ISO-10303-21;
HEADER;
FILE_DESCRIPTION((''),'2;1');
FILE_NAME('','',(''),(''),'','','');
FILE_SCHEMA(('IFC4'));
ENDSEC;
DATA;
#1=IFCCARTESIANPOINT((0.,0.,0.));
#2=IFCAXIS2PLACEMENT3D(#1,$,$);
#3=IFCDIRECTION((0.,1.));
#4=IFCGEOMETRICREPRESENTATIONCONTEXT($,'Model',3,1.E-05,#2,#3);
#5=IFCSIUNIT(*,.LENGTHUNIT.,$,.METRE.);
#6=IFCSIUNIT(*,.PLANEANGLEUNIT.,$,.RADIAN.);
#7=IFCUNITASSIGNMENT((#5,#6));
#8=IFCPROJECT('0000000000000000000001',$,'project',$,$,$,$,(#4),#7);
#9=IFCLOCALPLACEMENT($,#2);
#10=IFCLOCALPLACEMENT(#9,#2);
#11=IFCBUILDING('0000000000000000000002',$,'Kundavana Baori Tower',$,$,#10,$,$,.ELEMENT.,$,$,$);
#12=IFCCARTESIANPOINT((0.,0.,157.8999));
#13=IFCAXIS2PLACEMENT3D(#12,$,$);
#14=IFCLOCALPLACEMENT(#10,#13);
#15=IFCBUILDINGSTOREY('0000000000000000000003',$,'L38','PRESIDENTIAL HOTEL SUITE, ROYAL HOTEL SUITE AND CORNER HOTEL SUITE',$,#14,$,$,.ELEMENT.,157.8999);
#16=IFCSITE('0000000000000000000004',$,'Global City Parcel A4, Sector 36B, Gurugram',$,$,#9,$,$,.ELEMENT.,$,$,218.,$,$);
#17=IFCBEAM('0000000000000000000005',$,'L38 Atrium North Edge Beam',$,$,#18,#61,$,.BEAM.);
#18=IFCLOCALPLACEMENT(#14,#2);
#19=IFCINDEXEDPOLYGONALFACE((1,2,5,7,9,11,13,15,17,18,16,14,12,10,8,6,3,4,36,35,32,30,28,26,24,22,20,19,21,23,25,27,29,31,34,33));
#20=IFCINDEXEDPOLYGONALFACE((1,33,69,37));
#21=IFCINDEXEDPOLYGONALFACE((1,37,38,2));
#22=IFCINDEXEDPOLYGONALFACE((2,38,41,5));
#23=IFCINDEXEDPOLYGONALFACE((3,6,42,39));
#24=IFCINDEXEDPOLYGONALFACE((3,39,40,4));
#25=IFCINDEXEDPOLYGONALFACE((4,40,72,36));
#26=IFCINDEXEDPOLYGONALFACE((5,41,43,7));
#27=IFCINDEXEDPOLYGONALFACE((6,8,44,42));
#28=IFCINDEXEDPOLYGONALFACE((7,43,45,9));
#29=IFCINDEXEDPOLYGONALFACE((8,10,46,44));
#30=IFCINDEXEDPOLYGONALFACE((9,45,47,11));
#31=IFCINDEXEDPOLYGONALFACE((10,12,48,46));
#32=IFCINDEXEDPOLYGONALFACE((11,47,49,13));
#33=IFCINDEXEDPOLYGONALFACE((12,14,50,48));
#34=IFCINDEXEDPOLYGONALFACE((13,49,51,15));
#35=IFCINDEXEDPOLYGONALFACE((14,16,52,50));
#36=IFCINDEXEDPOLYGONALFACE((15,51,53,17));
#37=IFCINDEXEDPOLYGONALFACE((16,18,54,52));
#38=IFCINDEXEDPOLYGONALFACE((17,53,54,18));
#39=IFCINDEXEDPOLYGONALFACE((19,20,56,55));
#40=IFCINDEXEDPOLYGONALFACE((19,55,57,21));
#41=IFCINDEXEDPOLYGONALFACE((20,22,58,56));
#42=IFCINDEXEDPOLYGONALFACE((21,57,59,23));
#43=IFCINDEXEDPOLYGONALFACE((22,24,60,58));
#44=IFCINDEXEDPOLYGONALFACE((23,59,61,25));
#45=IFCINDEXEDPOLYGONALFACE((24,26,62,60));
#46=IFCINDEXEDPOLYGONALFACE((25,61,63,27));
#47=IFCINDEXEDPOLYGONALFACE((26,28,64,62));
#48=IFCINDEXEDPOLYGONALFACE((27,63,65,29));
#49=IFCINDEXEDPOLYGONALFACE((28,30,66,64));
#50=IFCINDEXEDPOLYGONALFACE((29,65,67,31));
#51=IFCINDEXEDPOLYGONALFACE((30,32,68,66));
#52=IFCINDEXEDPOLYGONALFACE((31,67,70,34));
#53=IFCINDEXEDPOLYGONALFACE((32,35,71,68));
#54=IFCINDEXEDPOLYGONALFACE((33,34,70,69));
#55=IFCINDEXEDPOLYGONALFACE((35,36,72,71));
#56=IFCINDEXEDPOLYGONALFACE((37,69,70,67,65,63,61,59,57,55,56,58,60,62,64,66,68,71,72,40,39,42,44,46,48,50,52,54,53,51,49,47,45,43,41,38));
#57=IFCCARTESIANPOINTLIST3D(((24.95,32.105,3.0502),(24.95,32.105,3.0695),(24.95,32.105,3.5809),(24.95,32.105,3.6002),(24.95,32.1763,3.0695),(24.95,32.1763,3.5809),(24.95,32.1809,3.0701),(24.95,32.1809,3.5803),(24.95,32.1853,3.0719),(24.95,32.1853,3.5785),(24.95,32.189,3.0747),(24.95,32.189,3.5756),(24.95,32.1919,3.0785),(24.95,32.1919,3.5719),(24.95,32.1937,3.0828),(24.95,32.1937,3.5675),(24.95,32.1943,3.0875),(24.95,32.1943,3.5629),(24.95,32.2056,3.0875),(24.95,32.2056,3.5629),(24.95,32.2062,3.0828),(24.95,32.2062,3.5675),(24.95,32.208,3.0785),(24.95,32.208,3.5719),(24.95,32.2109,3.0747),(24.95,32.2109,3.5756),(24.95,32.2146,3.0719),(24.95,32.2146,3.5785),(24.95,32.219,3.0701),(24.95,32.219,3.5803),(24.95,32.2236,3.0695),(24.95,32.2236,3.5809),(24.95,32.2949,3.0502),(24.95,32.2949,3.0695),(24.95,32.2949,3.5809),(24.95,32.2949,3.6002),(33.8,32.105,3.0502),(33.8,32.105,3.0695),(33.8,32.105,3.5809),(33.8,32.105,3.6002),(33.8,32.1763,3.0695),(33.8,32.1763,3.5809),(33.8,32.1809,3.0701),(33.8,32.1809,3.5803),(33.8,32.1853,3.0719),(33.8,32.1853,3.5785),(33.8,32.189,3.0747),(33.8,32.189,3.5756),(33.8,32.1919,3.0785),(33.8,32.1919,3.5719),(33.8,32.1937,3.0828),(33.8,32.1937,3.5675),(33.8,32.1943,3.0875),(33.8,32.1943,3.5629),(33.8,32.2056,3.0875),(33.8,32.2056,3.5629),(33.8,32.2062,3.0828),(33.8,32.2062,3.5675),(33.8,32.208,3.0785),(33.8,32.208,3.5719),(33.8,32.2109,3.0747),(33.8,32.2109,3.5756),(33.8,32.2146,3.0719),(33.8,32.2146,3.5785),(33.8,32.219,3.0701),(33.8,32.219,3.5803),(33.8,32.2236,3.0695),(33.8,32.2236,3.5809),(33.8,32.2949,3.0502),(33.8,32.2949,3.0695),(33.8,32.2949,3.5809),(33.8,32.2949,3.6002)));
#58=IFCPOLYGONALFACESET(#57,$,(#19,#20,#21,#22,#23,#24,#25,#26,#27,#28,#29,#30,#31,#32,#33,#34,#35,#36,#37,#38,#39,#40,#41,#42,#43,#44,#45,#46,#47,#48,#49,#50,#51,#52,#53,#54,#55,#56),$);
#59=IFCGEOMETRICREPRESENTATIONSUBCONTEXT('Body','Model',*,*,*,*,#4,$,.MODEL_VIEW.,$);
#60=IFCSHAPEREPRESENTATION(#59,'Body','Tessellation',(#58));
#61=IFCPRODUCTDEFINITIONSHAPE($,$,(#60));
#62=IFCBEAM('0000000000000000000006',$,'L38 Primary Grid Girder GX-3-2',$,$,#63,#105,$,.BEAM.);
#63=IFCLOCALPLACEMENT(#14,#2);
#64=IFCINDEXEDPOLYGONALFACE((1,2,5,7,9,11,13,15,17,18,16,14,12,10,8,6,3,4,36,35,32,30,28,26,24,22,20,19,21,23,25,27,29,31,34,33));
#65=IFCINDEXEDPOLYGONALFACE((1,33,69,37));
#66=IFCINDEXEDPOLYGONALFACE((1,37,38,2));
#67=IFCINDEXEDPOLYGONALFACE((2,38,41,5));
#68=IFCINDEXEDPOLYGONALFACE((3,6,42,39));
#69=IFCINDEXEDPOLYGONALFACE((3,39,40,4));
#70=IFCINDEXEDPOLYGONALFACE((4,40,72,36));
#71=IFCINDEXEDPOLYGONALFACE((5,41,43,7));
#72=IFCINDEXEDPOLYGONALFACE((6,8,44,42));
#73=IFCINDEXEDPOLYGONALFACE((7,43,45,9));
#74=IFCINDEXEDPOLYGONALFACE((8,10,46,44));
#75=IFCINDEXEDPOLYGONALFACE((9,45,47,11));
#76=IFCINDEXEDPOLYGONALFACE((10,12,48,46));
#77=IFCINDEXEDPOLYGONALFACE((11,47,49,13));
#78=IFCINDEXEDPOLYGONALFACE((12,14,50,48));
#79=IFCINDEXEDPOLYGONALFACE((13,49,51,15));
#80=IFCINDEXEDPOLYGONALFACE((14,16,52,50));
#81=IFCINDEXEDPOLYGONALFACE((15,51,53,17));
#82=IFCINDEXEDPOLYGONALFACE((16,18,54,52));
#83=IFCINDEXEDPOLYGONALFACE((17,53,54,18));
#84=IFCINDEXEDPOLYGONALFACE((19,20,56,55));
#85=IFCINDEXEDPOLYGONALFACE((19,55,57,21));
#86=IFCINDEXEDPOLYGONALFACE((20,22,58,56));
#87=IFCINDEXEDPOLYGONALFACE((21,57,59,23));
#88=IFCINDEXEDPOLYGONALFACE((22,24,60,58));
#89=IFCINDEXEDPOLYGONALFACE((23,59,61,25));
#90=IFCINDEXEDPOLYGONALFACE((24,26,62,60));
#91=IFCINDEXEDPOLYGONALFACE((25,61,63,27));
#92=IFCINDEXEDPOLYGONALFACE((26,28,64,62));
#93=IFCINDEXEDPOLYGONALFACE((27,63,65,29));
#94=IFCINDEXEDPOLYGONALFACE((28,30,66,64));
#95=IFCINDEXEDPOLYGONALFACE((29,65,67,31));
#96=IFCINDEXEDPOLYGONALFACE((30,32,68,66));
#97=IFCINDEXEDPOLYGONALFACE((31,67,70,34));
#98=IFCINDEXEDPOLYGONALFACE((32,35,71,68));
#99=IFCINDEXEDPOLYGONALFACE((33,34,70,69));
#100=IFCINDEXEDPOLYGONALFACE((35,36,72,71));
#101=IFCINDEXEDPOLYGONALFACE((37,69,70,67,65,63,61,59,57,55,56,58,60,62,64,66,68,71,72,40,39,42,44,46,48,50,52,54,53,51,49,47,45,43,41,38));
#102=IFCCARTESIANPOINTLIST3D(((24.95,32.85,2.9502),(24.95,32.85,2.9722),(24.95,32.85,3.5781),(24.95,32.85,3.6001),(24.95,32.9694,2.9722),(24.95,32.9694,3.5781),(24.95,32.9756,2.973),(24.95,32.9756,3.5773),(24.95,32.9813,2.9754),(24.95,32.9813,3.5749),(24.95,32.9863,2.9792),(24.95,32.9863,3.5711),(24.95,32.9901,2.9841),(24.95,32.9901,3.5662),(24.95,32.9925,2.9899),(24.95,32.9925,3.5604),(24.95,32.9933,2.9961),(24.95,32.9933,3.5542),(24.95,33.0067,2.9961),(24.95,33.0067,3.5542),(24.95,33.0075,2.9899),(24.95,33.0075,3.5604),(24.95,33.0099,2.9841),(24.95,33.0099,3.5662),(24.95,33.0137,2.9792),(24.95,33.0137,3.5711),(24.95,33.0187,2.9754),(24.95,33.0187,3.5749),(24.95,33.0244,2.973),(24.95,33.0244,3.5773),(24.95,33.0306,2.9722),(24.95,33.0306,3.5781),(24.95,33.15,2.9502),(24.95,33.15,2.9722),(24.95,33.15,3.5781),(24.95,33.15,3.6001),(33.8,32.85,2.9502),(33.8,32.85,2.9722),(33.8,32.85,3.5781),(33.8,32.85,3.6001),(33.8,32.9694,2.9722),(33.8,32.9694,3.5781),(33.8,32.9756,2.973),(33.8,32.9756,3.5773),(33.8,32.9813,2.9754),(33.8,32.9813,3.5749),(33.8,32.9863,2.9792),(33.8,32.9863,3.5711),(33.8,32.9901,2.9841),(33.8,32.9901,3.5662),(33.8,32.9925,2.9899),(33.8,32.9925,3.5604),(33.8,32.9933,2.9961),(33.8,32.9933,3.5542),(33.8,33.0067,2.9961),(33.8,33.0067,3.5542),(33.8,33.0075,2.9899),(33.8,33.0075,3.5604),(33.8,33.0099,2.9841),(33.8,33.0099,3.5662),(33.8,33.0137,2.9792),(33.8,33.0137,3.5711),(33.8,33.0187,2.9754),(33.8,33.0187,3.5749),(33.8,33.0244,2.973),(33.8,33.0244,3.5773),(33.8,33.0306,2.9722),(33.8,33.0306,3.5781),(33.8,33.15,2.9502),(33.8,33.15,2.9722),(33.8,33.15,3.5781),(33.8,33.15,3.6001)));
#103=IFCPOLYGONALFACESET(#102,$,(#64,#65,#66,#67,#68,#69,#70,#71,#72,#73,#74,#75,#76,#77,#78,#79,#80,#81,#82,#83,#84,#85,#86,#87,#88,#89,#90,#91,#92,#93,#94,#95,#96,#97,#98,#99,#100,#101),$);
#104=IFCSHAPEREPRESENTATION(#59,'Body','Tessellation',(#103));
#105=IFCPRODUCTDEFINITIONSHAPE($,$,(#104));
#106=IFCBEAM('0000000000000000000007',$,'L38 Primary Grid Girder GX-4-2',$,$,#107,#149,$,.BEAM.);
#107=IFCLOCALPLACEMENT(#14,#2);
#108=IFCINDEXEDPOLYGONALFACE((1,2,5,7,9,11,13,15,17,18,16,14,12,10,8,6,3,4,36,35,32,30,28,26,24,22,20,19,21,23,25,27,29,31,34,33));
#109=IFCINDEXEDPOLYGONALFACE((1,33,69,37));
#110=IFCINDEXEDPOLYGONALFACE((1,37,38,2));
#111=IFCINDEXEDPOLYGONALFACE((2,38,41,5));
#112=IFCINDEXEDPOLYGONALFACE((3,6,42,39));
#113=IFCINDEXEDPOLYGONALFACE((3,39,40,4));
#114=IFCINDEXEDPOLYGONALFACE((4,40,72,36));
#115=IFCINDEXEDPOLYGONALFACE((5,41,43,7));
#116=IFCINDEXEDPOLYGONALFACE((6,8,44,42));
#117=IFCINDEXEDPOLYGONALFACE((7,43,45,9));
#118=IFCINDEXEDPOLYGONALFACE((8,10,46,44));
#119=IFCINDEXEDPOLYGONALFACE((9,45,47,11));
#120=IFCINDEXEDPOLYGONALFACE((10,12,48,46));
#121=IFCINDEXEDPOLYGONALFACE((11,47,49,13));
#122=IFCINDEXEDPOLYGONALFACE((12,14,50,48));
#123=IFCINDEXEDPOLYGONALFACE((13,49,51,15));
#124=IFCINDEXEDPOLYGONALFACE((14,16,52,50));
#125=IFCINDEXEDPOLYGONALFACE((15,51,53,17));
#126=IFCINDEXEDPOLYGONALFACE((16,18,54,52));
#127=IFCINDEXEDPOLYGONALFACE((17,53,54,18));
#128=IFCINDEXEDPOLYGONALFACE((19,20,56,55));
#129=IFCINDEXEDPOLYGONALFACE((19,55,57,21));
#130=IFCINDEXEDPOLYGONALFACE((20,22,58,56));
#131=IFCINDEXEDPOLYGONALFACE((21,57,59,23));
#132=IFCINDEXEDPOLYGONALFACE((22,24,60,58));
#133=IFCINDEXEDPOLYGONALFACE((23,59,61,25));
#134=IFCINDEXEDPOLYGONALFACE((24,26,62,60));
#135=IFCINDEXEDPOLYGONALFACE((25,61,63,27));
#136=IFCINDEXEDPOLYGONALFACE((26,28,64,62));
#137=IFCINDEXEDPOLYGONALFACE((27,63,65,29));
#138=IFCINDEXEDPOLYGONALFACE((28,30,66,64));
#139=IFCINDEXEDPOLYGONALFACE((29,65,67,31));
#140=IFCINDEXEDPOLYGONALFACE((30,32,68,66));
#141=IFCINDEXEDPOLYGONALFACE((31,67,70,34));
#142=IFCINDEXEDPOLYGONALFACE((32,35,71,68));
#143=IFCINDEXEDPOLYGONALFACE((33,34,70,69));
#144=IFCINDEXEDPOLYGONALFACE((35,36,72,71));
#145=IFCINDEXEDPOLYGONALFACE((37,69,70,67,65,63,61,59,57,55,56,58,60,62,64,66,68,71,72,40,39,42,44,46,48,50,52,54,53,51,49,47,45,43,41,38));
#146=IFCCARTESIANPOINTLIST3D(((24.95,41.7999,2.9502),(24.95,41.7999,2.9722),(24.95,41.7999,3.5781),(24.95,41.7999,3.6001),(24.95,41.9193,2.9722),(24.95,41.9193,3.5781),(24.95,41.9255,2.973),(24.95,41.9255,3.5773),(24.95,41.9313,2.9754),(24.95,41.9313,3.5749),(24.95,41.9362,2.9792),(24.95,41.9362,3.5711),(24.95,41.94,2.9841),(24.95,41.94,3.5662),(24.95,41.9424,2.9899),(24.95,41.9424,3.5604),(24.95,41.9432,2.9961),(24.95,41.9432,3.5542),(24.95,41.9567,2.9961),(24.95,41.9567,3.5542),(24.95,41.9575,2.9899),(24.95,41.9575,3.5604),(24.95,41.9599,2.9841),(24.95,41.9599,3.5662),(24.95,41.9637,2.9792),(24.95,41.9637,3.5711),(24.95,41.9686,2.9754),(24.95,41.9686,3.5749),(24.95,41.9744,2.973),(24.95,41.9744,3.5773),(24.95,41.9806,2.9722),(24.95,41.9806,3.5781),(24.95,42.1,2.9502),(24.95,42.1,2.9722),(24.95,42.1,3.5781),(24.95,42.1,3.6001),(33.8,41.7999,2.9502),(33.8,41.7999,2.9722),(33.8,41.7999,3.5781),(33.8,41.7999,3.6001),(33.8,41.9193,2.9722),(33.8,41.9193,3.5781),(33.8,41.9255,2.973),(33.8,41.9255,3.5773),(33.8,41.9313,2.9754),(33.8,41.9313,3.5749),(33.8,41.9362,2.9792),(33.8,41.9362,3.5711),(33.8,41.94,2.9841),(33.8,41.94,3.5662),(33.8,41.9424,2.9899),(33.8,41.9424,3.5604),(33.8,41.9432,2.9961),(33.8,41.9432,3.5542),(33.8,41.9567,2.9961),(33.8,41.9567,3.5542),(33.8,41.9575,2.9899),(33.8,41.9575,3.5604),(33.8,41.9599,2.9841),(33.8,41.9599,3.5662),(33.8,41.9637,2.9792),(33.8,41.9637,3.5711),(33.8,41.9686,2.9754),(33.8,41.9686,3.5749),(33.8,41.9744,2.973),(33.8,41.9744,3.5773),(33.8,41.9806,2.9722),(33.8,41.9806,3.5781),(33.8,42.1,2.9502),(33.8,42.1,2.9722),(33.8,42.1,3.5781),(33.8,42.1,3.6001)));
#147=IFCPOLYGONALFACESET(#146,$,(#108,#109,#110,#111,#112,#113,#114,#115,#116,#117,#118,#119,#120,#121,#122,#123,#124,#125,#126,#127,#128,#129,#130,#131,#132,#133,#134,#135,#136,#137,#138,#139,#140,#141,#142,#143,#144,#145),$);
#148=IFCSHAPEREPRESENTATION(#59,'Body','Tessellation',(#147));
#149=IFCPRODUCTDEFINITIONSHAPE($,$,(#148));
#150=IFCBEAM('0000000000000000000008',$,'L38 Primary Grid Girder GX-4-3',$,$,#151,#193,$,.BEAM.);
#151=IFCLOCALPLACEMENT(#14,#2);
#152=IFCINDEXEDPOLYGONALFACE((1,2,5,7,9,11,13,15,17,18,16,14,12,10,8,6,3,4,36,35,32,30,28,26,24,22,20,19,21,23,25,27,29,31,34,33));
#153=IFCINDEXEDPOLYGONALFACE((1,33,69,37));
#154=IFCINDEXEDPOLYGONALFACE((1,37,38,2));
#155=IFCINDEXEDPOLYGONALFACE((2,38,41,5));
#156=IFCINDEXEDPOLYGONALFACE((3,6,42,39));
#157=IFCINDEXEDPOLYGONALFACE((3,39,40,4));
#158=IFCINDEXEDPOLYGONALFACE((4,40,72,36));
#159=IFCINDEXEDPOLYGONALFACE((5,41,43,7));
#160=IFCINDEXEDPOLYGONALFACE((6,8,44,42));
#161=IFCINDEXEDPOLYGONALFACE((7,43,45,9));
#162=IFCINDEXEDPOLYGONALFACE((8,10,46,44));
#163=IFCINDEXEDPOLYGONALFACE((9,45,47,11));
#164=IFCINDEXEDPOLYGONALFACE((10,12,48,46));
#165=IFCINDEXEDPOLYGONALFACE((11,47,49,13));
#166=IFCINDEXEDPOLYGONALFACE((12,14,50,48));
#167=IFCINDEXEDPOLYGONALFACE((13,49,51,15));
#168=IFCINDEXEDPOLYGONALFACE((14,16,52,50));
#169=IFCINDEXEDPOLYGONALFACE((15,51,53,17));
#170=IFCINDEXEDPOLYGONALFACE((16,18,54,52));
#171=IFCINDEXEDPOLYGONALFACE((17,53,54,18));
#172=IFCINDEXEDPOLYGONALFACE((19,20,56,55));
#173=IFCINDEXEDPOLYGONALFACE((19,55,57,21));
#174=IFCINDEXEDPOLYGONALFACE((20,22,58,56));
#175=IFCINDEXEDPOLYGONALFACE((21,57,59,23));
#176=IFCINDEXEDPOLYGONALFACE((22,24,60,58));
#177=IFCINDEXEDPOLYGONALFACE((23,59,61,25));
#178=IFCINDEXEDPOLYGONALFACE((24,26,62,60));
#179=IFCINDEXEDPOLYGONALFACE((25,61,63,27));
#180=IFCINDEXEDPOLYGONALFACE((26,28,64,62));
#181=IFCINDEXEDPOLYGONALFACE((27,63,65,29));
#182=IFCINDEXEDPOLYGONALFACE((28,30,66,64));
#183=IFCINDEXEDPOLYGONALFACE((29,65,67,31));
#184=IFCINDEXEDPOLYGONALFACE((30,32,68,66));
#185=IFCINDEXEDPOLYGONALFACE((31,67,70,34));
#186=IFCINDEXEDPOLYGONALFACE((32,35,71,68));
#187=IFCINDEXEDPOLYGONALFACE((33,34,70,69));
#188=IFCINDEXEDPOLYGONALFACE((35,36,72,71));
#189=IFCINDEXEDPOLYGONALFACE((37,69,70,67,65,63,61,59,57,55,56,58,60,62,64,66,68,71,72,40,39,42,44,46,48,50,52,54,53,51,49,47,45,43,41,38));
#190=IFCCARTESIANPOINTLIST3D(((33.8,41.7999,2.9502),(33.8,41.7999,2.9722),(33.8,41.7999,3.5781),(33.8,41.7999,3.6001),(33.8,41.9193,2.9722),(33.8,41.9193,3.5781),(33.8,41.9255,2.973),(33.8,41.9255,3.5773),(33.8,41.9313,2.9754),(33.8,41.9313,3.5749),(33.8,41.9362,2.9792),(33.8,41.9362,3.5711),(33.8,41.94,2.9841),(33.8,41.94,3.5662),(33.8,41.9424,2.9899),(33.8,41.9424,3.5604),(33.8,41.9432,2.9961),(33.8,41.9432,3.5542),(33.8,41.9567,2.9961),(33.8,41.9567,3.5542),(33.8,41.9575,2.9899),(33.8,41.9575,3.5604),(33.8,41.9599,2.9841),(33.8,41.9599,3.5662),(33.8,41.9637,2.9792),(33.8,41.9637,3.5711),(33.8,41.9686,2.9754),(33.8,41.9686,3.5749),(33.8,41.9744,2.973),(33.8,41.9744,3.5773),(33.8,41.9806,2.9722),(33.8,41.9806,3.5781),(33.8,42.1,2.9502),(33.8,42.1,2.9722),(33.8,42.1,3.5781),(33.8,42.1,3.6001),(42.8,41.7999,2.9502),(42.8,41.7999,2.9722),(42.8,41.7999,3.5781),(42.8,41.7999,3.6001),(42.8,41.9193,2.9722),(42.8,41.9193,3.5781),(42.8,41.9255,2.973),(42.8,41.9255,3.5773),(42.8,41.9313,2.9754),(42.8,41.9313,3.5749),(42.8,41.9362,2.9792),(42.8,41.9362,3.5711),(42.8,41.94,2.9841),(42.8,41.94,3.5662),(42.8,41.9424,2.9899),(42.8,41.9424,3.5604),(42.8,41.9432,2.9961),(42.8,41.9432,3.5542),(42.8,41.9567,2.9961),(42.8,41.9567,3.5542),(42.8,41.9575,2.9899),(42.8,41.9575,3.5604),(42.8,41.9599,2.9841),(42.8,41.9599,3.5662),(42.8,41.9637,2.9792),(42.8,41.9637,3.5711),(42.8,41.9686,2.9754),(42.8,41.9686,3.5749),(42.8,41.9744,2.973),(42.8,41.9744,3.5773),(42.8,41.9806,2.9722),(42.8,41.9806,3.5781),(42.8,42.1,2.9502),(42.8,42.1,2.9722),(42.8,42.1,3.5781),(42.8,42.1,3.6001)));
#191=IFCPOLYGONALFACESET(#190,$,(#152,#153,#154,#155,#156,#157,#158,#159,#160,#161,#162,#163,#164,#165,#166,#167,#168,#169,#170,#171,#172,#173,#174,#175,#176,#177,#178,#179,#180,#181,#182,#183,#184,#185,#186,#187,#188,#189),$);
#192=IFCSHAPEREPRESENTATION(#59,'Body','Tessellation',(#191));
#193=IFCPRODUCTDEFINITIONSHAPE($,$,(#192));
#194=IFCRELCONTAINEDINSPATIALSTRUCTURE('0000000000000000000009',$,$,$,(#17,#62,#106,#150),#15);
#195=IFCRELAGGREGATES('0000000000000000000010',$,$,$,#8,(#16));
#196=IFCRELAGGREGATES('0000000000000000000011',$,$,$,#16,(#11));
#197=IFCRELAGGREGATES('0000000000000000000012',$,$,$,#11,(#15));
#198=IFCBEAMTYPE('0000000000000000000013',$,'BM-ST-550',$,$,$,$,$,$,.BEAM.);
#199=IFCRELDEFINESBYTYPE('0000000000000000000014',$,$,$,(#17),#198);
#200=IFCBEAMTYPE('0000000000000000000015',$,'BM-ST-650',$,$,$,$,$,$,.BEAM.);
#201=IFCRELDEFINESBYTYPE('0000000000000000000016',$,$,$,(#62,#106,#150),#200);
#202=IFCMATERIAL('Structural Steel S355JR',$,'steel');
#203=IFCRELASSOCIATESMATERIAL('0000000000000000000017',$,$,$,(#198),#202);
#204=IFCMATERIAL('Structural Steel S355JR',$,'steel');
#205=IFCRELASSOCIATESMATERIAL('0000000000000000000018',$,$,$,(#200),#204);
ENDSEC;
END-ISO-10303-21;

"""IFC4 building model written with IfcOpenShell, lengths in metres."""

from ifc_helpers import new_model, si_unit, direction, frame, origin, origin_2d, place, context, subcontext, project, spatial, i_section, extrude, material, material_profile, profile_set, type_object, element, save


model = new_model("IFC4")

# Units and contexts
model_context = context("Model", 3, precision=1e-05, world=origin(), true_north=direction((0.0, 1.0)))
body_context = subcontext(model_context, "Body", "Model", "MODEL_VIEW")
ifc_project = project(units=[si_unit("LENGTHUNIT", "METRE"), si_unit("PLANEANGLEUNIT", "RADIAN")], contexts=[model_context])

# Site, building, storey
site_placement = place(None, origin())
site = spatial("IfcSite", under=ifc_project, at=site_placement, Name="Global City Parcel A4, Sector 36B, Gurugram", CompositionType="ELEMENT", RefElevation=218.0)
building_placement = place(site_placement, origin())
building = spatial("IfcBuilding", under=site, at=building_placement, Name="Kundavana Baori Tower", CompositionType="ELEMENT")
storey_placement = place(building_placement, frame((0.0, 0.0, 157.8999)))
storey = spatial("IfcBuildingStorey", under=building, at=storey_placement, Name="L38", Description="PRESIDENTIAL HOTEL SUITE, ROYAL HOTEL SUITE AND CORNER HOTEL SUITE", CompositionType="ELEMENT", Elevation=157.8999)

# Beams
ifc_material_1 = material(Name="Structural Steel S355JR", Category="steel")
ifc_material_profile_1 = material_profile(ifc_material_1, i_section(OverallWidth=0.1899, OverallDepth=0.55, WebThickness=0.0112, FlangeThickness=0.0193, FilletRadius=0.0181, at=origin_2d()), Name="ISMB 550")
ifc_profile_set_1 = profile_set([ifc_material_profile_1], Name="Structural Steel S355JR")
beam_type_1 = type_object("IfcBeamType", Name="BM-ST-550", PredefinedType="BEAM", material=ifc_profile_set_1)
beam_1_placement = place(storey_placement, frame((24.95, 32.2, 3.3252), z_axis=(1.0, 0.0, 0.0), x_axis=(0.0, 1.0, 0.0)))
element("IfcBeam", 1, at=beam_1_placement, inside=storey, type_object=beam_type_1, Name="L38 Atrium North Edge Beam", PredefinedType="BEAM", context=body_context, shape_type="SweptSolid", body=[
    extrude(i_section(OverallWidth=0.1899, OverallDepth=0.55, WebThickness=0.0112, FlangeThickness=0.0193, FilletRadius=0.0181, at=origin_2d()), origin(), (0.0, 0.0, 1.0), 8.8501),
])
ifc_material_2 = material(Name="Structural Steel S355JR", Category="steel")
ifc_material_profile_2 = material_profile(ifc_material_2, i_section(OverallWidth=0.3, OverallDepth=0.6499, WebThickness=0.0134, FlangeThickness=0.022, FilletRadius=0.0239, at=origin_2d()), Name="NPB 650x300x155")
ifc_profile_set_2 = profile_set([ifc_material_profile_2], Name="Structural Steel S355JR")
beam_type_2 = type_object("IfcBeamType", Name="BM-ST-650", PredefinedType="BEAM", material=ifc_profile_set_2)
for number, where, z_axis, x_axis, name in (
    (2, (24.95, 33.0, 3.2751), (1.0, 0.0, 0.0), (0.0, 1.0, 0.0), "L38 Primary Grid Girder GX-3-2"),
    (3, (24.95, 41.95, 3.2751), (1.0, 0.0, 0.0), (0.0, 1.0, 0.0), "L38 Primary Grid Girder GX-4-2"),
):
    element("IfcBeam", number, at=place(storey_placement, frame(where, z_axis=z_axis, x_axis=x_axis)), inside=storey, type_object=beam_type_2, Name=name, PredefinedType="BEAM", context=body_context, shape_type="SweptSolid", body=[
        extrude(i_section(OverallWidth=0.3, OverallDepth=0.6499, WebThickness=0.0134, FlangeThickness=0.022, FilletRadius=0.0239, at=origin_2d()), origin(), (0.0, 0.0, 1.0), 8.8501),
    ])
beam_2_placement = place(storey_placement, frame((33.8, 41.95, 3.2751), z_axis=(1.0, 0.0, 0.0), x_axis=(0.0, 1.0, 0.0)))
element("IfcBeam", 4, at=beam_2_placement, inside=storey, type_object=beam_type_2, Name="L38 Primary Grid Girder GX-4-3", PredefinedType="BEAM", context=body_context, shape_type="SweptSolid", body=[
    extrude(i_section(OverallWidth=0.3, OverallDepth=0.6499, WebThickness=0.0134, FlangeThickness=0.022, FilletRadius=0.0239, at=origin_2d()), origin(), (0.0, 0.0, 1.0), 9.0),
])

save(model, "model.ifc")
